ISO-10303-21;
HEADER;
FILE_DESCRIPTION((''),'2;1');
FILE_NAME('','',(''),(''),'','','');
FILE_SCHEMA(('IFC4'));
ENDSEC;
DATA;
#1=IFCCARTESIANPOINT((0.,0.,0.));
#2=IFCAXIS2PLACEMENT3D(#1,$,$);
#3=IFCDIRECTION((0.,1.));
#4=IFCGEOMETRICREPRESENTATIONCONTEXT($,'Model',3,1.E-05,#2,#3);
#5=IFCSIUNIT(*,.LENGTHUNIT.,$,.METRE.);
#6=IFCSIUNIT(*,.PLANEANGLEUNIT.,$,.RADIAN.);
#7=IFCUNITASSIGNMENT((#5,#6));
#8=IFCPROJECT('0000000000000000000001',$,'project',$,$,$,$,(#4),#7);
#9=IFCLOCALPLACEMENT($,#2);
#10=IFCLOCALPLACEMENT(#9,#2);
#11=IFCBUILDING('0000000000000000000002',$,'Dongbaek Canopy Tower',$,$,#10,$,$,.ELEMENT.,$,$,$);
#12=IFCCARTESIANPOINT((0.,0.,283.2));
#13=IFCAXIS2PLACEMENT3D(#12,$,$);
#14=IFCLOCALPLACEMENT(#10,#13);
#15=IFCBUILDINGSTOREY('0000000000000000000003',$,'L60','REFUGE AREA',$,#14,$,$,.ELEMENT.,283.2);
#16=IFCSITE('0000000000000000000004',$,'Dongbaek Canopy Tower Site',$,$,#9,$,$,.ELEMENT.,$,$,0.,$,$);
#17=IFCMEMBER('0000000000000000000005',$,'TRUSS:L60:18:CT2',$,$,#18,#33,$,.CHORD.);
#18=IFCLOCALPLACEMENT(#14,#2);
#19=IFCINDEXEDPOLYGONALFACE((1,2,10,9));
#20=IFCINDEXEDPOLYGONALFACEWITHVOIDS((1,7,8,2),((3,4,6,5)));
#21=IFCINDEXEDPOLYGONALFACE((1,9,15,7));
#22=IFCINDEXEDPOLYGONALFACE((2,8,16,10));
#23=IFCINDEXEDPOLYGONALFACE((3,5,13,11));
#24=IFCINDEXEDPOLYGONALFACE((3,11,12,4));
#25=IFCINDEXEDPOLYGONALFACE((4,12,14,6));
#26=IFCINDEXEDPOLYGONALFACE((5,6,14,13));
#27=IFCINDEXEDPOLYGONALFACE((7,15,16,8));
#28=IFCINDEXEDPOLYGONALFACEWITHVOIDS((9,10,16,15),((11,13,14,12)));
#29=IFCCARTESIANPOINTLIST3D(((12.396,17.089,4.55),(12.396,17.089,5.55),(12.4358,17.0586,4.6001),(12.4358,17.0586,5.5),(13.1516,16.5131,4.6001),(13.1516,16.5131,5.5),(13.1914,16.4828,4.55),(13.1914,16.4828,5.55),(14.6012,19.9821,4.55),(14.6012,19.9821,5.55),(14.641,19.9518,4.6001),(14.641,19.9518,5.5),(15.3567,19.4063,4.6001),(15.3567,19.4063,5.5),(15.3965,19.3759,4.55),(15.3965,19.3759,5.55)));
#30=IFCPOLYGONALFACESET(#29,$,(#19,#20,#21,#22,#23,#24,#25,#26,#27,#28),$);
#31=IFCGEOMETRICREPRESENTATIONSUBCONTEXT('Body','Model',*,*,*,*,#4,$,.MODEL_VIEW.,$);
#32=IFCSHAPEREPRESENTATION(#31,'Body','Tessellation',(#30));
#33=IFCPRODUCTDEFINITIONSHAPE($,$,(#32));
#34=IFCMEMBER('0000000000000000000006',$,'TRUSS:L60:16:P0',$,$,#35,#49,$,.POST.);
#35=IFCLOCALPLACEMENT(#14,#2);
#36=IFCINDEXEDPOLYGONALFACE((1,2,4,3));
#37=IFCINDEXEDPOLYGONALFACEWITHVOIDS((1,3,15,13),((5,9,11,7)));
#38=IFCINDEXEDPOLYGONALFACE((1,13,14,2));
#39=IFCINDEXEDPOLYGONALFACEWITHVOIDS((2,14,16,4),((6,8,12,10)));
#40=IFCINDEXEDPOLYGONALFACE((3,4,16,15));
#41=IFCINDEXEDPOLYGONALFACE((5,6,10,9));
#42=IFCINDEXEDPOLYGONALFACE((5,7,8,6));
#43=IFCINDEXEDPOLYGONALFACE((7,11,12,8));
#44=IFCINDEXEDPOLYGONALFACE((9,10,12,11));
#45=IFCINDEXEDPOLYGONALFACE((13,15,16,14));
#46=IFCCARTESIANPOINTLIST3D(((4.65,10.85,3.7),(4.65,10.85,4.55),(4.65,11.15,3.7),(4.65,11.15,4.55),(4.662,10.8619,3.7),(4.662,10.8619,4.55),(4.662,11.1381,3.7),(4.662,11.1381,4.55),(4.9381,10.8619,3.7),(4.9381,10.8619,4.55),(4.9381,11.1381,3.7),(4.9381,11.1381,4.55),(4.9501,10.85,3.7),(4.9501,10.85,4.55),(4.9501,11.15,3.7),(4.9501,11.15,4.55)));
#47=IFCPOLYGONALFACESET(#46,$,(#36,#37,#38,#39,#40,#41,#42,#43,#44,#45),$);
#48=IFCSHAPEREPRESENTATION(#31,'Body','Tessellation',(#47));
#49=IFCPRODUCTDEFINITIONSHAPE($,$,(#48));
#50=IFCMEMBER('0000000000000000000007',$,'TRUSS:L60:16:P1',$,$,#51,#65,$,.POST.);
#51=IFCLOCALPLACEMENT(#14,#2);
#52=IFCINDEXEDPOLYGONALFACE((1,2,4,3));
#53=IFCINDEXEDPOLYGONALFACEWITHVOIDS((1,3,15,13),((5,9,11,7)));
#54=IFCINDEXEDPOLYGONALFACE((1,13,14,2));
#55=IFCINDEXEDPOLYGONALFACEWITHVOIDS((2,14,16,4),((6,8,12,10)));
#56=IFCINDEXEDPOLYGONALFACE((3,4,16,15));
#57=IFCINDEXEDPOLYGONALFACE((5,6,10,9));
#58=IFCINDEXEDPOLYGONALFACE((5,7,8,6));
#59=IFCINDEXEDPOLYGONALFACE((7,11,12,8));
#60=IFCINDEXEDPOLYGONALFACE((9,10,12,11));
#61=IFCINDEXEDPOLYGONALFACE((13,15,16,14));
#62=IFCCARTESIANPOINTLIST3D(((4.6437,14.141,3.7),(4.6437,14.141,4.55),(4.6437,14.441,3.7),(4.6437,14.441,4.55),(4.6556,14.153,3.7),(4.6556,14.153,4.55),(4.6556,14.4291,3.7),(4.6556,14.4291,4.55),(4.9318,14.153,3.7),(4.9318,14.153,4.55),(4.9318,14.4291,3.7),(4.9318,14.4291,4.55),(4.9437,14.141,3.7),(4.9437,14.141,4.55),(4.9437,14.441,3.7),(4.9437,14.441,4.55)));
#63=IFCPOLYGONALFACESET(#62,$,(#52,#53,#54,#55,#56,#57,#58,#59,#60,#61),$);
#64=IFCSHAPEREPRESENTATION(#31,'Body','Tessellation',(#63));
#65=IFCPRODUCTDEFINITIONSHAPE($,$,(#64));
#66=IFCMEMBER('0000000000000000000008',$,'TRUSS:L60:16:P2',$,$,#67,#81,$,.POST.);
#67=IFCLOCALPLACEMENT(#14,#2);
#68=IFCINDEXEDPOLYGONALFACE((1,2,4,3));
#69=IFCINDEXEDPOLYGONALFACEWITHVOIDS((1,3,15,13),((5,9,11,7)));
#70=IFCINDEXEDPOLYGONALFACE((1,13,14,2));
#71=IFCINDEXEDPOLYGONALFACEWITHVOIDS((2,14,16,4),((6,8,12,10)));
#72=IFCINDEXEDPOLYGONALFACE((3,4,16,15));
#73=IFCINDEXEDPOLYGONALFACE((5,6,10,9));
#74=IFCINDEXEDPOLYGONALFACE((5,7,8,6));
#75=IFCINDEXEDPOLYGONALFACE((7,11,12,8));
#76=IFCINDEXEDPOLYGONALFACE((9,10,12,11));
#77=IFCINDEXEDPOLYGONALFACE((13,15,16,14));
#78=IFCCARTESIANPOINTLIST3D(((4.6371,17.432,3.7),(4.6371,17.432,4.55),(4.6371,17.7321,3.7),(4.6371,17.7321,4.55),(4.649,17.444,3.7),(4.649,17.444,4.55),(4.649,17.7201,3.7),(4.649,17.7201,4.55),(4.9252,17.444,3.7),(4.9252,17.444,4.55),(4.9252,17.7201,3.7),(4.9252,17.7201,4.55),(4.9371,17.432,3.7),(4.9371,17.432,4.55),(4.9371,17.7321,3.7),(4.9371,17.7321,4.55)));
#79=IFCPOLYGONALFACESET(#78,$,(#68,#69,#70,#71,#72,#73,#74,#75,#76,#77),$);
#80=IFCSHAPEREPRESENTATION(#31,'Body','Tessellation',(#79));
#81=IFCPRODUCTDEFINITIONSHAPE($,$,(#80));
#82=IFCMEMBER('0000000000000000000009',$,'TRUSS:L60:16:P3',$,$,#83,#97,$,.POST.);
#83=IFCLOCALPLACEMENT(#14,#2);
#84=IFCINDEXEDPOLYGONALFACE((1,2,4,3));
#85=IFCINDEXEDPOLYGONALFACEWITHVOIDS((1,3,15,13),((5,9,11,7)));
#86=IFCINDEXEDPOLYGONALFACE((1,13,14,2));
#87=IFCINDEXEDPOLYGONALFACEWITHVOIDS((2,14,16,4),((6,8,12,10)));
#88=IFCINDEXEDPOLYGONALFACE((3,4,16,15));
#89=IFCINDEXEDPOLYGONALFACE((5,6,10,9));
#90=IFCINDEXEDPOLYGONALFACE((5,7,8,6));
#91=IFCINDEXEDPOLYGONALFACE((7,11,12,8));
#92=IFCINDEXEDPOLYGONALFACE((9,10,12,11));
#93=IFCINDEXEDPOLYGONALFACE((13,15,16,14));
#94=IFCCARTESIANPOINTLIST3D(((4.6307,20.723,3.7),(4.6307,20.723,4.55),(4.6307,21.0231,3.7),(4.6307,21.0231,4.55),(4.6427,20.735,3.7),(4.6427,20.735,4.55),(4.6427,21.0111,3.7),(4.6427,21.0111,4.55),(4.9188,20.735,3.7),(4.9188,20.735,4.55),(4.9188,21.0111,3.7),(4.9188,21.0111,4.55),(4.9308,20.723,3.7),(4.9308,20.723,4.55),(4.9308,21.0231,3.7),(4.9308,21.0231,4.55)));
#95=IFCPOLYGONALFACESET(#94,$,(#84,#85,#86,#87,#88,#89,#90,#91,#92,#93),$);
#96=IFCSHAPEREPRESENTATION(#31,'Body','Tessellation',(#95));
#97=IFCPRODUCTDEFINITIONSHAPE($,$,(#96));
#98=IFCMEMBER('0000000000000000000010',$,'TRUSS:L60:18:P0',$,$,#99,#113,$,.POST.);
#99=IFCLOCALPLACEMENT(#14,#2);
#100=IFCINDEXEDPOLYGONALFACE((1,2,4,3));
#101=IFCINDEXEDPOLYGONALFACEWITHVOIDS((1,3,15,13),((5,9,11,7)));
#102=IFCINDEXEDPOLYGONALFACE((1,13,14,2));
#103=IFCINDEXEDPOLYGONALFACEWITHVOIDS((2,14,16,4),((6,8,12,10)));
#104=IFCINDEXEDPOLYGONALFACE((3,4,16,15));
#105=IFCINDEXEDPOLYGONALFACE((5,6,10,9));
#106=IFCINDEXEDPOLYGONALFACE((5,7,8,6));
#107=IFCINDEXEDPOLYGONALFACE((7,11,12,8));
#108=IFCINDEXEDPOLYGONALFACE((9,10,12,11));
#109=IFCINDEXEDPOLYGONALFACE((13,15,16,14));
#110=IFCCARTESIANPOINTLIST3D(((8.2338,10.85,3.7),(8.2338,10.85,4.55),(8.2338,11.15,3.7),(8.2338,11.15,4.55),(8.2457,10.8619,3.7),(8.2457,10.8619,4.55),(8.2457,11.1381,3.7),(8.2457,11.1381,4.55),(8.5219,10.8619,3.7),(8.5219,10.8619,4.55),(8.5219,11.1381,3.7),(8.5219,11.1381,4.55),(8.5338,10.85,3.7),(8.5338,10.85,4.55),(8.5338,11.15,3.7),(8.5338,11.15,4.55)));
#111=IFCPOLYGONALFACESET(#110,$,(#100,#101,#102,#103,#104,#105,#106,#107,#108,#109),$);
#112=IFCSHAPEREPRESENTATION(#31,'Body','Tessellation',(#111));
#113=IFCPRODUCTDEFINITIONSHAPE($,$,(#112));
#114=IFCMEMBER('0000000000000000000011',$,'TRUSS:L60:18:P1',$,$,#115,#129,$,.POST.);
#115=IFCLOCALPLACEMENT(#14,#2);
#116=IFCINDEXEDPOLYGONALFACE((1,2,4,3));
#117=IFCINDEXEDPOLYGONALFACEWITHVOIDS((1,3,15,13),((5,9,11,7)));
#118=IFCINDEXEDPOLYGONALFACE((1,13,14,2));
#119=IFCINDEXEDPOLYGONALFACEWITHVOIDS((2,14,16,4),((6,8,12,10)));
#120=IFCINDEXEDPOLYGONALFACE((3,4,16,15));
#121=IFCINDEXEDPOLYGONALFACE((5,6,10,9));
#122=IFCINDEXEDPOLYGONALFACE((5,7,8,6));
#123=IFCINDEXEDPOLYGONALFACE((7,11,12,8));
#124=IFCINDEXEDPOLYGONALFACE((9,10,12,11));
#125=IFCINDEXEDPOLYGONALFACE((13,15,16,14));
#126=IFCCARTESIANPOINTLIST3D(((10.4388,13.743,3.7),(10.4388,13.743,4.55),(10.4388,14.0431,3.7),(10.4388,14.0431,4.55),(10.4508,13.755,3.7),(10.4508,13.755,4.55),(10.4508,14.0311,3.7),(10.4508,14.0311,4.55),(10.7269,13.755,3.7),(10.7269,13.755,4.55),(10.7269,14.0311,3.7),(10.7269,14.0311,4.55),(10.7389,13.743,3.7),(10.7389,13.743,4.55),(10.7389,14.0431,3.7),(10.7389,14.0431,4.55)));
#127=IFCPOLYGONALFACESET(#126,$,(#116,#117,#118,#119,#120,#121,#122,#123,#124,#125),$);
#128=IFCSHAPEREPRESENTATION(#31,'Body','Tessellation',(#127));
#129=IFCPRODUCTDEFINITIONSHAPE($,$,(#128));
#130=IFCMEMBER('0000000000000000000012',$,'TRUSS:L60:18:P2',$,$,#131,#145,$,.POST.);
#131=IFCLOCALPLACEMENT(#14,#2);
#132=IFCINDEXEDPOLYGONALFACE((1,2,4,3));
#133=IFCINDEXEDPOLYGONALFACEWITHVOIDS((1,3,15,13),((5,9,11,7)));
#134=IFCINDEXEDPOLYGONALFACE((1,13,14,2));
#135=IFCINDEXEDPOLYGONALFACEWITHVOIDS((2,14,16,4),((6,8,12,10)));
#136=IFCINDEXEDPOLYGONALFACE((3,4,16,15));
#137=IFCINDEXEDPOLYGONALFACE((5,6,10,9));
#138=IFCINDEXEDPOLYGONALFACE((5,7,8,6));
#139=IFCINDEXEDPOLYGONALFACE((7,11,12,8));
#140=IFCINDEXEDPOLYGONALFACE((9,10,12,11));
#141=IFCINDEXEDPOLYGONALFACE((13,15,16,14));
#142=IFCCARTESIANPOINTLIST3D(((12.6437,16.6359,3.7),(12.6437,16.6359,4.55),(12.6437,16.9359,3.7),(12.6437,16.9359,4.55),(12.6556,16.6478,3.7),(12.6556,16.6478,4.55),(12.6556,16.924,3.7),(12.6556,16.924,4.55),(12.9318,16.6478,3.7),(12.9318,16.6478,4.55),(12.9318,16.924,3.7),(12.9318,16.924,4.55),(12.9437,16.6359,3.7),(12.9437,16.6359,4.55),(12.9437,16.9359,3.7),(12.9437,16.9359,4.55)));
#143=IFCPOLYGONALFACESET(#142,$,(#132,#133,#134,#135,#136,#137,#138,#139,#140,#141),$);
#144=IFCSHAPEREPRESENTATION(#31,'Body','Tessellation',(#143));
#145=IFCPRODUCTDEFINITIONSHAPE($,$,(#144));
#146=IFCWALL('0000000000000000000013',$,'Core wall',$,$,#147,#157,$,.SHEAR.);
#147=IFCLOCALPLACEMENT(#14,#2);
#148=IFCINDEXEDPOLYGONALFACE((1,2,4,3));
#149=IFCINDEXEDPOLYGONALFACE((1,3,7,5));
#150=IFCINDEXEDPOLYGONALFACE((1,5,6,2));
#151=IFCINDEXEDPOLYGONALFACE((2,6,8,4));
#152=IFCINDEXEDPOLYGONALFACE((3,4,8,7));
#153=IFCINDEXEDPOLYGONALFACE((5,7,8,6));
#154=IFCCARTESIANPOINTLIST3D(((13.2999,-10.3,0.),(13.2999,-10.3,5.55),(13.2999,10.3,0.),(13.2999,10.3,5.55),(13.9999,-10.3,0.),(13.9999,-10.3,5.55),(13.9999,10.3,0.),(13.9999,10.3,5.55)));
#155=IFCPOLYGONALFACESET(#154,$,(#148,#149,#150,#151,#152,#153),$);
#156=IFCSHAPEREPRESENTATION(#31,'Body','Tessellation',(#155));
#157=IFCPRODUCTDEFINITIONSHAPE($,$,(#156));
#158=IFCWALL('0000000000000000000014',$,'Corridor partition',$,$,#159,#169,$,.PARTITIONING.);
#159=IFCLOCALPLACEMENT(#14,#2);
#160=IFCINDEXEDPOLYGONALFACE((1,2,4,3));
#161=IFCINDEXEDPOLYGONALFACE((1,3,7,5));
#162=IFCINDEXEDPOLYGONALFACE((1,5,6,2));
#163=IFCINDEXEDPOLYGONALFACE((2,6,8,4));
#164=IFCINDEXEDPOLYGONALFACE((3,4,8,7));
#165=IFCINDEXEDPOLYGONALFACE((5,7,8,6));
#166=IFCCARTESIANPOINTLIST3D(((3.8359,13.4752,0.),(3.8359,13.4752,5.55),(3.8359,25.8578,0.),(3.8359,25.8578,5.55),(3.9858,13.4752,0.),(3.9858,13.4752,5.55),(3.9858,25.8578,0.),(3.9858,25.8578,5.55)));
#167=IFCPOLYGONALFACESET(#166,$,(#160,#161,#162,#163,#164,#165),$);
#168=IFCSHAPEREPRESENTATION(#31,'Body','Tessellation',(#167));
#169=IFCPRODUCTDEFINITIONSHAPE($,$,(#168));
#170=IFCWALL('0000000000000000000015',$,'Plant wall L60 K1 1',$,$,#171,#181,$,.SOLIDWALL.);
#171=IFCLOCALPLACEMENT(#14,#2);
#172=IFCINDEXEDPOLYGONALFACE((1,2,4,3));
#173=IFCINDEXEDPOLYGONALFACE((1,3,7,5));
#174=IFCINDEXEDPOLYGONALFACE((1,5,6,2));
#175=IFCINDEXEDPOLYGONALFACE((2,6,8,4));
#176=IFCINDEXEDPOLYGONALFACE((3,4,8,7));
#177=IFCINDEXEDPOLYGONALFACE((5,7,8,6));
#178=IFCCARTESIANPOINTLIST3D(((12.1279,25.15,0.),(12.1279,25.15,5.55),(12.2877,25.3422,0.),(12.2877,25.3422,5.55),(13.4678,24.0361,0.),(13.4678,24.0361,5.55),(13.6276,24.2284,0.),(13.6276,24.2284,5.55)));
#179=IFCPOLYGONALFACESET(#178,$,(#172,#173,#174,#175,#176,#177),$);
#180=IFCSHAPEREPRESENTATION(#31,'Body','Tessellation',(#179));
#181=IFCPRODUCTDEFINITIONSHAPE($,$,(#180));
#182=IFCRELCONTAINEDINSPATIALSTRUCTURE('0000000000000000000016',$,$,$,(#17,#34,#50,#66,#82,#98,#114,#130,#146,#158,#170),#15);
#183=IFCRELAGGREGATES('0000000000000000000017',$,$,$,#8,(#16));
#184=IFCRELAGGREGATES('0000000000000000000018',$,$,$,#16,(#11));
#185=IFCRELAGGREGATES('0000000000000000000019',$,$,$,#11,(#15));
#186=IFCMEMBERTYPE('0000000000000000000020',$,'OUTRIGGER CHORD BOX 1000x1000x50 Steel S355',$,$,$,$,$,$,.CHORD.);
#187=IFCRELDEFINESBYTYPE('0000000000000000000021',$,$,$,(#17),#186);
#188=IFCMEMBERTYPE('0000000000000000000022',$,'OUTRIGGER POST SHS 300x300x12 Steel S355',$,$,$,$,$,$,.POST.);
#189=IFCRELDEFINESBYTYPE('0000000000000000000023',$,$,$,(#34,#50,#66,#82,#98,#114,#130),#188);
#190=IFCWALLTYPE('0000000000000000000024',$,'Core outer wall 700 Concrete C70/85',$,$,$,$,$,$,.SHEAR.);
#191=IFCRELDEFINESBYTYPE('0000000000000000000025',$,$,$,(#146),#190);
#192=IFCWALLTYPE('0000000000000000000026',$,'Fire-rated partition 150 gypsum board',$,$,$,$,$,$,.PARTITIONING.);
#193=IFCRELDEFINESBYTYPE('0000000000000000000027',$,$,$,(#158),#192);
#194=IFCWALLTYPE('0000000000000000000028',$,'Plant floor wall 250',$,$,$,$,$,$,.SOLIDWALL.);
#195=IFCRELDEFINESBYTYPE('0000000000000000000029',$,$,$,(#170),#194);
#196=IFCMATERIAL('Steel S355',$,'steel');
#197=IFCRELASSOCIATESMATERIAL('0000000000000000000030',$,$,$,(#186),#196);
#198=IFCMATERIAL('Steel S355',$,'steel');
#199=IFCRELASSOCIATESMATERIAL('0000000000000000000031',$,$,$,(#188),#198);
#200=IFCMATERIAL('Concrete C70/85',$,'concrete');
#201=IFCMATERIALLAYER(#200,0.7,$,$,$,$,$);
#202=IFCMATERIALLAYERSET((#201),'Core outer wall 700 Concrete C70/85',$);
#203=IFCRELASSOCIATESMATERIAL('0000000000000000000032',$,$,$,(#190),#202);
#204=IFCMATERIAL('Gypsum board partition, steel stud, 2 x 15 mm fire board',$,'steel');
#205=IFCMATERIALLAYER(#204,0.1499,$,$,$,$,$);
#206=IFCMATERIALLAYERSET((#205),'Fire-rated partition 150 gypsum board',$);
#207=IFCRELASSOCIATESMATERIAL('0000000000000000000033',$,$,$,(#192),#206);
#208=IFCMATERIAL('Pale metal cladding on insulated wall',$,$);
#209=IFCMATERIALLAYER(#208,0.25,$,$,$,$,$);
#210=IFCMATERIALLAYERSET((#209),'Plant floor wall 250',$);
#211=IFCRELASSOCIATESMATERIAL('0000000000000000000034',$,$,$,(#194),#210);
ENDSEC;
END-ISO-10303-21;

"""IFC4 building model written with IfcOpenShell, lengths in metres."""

from ifc_helpers import new_model, si_unit, direction, frame, frame_2d, origin, origin_2d, place, context, subcontext, project, spatial, rectangle, hollow_rectangle, extrude, material, layer, layer_set, material_profile, profile_set, type_object, element, save


model = new_model("IFC4")

# Units and contexts
model_context = context("Model", 3, precision=1e-05, world=origin(), true_north=direction((0.0, 1.0)))
body_context = subcontext(model_context, "Body", "Model", "MODEL_VIEW")
ifc_project = project(units=[si_unit("LENGTHUNIT", "METRE"), si_unit("PLANEANGLEUNIT", "RADIAN")], contexts=[model_context])

# Site, building, storey
site_placement = place(None, origin())
site = spatial("IfcSite", under=ifc_project, at=site_placement, Name="Dongbaek Canopy Tower Site", CompositionType="ELEMENT", RefElevation=0.0)
building_placement = place(site_placement, origin())
building = spatial("IfcBuilding", under=site, at=building_placement, Name="Dongbaek Canopy Tower", CompositionType="ELEMENT")
storey_placement = place(building_placement, frame((0.0, 0.0, 283.2)))
storey = spatial("IfcBuildingStorey", under=building, at=storey_placement, Name="L60", Description="REFUGE AREA", CompositionType="ELEMENT", Elevation=283.2)

# Members
ifc_material_1 = material(Name="Steel S355", Category="steel")
ifc_material_profile_1 = material_profile(ifc_material_1, hollow_rectangle(XDim=1.0, YDim=1.0, WallThickness=0.05, at=origin_2d()), Name="OUTRIGGER CHORD BOX 1000x1000x50 Steel S355")
ifc_profile_set_1 = profile_set([ifc_material_profile_1], Name="Steel S355")
member_type_1 = type_object("IfcMemberType", Name="OUTRIGGER CHORD BOX 1000x1000x50 Steel S355", PredefinedType="CHORD", material=ifc_profile_set_1)
member_1_placement = place(storey_placement, frame((12.7937, 16.7859, 5.05), z_axis=(0.606189, 0.795321, 0.0), x_axis=(-0.795321, 0.606189, 0.0)))
element("IfcMember", 1, at=member_1_placement, inside=storey, type_object=member_type_1, Name="TRUSS:L60:18:CT2", PredefinedType="CHORD", context=body_context, shape_type="SweptSolid", body=[
    extrude(hollow_rectangle(XDim=1.0, YDim=1.0, WallThickness=0.05, at=origin_2d()), origin(), (0.0, 0.0, 1.0), 3.6377),
])
ifc_material_2 = material(Name="Steel S355", Category="steel")
ifc_material_profile_2 = material_profile(ifc_material_2, hollow_rectangle(XDim=0.3, YDim=0.3, WallThickness=0.012, at=origin_2d()), Name="OUTRIGGER POST SHS 300x300x12 Steel S355")
ifc_profile_set_2 = profile_set([ifc_material_profile_2], Name="Steel S355")
member_type_2 = type_object("IfcMemberType", Name="OUTRIGGER POST SHS 300x300x12 Steel S355", PredefinedType="POST", material=ifc_profile_set_2)
for number, where, z_axis, x_axis, name in (
    (2, (4.8, 11.0, 3.7), (0.0, 0.0, 1.0), (1.0, 0.0, 0.0), "TRUSS:L60:16:P0"),
    (3, (4.7937, 14.291, 3.7), (0.0, 0.0, 1.0), (1.0, 0.0, 0.0), "TRUSS:L60:16:P1"),
    (4, (4.7871, 17.582, 3.7), (0.0, 0.0, 1.0), (1.0, 0.0, 0.0), "TRUSS:L60:16:P2"),
    (5, (4.7808, 20.873, 3.7), (0.0, 0.0, 1.0), (1.0, 0.0, 0.0), "TRUSS:L60:16:P3"),
    (6, (8.3838, 11.0, 3.7), (0.0, 0.0, 1.0), (1.0, 0.0, 0.0), "TRUSS:L60:18:P0"),
    (7, (10.5889, 13.8931, 3.7), (0.0, 0.0, 1.0), (1.0, 0.0, 0.0), "TRUSS:L60:18:P1"),
    (8, (12.7937, 16.7859, 3.7), (0.0, 0.0, 1.0), (1.0, 0.0, 0.0), "TRUSS:L60:18:P2"),
):
    element("IfcMember", number, at=place(storey_placement, frame(where, z_axis=z_axis, x_axis=x_axis)), inside=storey, type_object=member_type_2, Name=name, PredefinedType="POST", context=body_context, shape_type="SweptSolid", body=[
        extrude(hollow_rectangle(XDim=0.3, YDim=0.3, WallThickness=0.012, at=origin_2d()), origin(), (0.0, 0.0, 1.0), 0.8501),
    ])

# Walls
ifc_material_3 = material(Name="Concrete C70/85", Category="concrete")
ifc_layer_1 = layer(ifc_material_3, 0.7)
ifc_layer_set_1 = layer_set([ifc_layer_1], Name="Core outer wall 700 Concrete C70/85")
wall_type_1 = type_object("IfcWallType", Name="Core outer wall 700 Concrete C70/85", PredefinedType="SHEAR", material=ifc_layer_set_1)
wall_1_placement = place(storey_placement, frame((13.6499, 10.3, 0.0), z_axis=(0.0, 0.0, 1.0), x_axis=(0.0, -1.0, 0.0)))
element("IfcWall", 9, at=wall_1_placement, inside=storey, type_object=wall_type_1, Name="Core wall", PredefinedType="SHEAR", context=body_context, shape_type="SweptSolid", body=[
    extrude(rectangle(XDim=20.6001, YDim=0.7, at=frame_2d((10.3, 0.0))), origin(), (0.0, 0.0, 1.0), 5.55),
])
ifc_material_4 = material(Name="Gypsum board partition, steel stud, 2 x 15 mm fire board", Category="steel")
ifc_layer_2 = layer(ifc_material_4, 0.1499)
ifc_layer_set_2 = layer_set([ifc_layer_2], Name="Fire-rated partition 150 gypsum board")
wall_type_2 = type_object("IfcWallType", Name="Fire-rated partition 150 gypsum board", PredefinedType="PARTITIONING", material=ifc_layer_set_2)
wall_2_placement = place(storey_placement, frame((3.9109, 13.4751, 0.0), z_axis=(0.0, 0.0, 1.0), x_axis=(0.0, 1.0, 0.0)))
element("IfcWall", 10, at=wall_2_placement, inside=storey, type_object=wall_type_2, Name="Corridor partition", PredefinedType="PARTITIONING", context=body_context, shape_type="SweptSolid", body=[
    extrude(rectangle(XDim=12.3826, YDim=0.1499, at=frame_2d((6.1914, 0.0))), origin(), (0.0, 0.0, 1.0), 5.55),
])
ifc_material_5 = material(Name="Pale metal cladding on insulated wall")
ifc_layer_3 = layer(ifc_material_5, 0.25)
ifc_layer_set_3 = layer_set([ifc_layer_3], Name="Plant floor wall 250")
wall_type_3 = type_object("IfcWallType", Name="Plant floor wall 250", PredefinedType="SOLIDWALL", material=ifc_layer_set_3)
wall_3_placement = place(storey_placement, frame((13.5476, 24.1323, 0.0), z_axis=(0.0, 0.0, 1.0), x_axis=(-0.769002, 0.639247, 0.0)))
element("IfcWall", 11, at=wall_3_placement, inside=storey, type_object=wall_type_3, Name="Plant wall L60 K1 1", PredefinedType="SOLIDWALL", context=body_context, shape_type="SweptSolid", body=[
    extrude(rectangle(XDim=1.7424, YDim=0.25, at=frame_2d((0.8711, 0.0))), origin(), (0.0, 0.0, 1.0), 5.55),
])

save(model, "model.ifc")
